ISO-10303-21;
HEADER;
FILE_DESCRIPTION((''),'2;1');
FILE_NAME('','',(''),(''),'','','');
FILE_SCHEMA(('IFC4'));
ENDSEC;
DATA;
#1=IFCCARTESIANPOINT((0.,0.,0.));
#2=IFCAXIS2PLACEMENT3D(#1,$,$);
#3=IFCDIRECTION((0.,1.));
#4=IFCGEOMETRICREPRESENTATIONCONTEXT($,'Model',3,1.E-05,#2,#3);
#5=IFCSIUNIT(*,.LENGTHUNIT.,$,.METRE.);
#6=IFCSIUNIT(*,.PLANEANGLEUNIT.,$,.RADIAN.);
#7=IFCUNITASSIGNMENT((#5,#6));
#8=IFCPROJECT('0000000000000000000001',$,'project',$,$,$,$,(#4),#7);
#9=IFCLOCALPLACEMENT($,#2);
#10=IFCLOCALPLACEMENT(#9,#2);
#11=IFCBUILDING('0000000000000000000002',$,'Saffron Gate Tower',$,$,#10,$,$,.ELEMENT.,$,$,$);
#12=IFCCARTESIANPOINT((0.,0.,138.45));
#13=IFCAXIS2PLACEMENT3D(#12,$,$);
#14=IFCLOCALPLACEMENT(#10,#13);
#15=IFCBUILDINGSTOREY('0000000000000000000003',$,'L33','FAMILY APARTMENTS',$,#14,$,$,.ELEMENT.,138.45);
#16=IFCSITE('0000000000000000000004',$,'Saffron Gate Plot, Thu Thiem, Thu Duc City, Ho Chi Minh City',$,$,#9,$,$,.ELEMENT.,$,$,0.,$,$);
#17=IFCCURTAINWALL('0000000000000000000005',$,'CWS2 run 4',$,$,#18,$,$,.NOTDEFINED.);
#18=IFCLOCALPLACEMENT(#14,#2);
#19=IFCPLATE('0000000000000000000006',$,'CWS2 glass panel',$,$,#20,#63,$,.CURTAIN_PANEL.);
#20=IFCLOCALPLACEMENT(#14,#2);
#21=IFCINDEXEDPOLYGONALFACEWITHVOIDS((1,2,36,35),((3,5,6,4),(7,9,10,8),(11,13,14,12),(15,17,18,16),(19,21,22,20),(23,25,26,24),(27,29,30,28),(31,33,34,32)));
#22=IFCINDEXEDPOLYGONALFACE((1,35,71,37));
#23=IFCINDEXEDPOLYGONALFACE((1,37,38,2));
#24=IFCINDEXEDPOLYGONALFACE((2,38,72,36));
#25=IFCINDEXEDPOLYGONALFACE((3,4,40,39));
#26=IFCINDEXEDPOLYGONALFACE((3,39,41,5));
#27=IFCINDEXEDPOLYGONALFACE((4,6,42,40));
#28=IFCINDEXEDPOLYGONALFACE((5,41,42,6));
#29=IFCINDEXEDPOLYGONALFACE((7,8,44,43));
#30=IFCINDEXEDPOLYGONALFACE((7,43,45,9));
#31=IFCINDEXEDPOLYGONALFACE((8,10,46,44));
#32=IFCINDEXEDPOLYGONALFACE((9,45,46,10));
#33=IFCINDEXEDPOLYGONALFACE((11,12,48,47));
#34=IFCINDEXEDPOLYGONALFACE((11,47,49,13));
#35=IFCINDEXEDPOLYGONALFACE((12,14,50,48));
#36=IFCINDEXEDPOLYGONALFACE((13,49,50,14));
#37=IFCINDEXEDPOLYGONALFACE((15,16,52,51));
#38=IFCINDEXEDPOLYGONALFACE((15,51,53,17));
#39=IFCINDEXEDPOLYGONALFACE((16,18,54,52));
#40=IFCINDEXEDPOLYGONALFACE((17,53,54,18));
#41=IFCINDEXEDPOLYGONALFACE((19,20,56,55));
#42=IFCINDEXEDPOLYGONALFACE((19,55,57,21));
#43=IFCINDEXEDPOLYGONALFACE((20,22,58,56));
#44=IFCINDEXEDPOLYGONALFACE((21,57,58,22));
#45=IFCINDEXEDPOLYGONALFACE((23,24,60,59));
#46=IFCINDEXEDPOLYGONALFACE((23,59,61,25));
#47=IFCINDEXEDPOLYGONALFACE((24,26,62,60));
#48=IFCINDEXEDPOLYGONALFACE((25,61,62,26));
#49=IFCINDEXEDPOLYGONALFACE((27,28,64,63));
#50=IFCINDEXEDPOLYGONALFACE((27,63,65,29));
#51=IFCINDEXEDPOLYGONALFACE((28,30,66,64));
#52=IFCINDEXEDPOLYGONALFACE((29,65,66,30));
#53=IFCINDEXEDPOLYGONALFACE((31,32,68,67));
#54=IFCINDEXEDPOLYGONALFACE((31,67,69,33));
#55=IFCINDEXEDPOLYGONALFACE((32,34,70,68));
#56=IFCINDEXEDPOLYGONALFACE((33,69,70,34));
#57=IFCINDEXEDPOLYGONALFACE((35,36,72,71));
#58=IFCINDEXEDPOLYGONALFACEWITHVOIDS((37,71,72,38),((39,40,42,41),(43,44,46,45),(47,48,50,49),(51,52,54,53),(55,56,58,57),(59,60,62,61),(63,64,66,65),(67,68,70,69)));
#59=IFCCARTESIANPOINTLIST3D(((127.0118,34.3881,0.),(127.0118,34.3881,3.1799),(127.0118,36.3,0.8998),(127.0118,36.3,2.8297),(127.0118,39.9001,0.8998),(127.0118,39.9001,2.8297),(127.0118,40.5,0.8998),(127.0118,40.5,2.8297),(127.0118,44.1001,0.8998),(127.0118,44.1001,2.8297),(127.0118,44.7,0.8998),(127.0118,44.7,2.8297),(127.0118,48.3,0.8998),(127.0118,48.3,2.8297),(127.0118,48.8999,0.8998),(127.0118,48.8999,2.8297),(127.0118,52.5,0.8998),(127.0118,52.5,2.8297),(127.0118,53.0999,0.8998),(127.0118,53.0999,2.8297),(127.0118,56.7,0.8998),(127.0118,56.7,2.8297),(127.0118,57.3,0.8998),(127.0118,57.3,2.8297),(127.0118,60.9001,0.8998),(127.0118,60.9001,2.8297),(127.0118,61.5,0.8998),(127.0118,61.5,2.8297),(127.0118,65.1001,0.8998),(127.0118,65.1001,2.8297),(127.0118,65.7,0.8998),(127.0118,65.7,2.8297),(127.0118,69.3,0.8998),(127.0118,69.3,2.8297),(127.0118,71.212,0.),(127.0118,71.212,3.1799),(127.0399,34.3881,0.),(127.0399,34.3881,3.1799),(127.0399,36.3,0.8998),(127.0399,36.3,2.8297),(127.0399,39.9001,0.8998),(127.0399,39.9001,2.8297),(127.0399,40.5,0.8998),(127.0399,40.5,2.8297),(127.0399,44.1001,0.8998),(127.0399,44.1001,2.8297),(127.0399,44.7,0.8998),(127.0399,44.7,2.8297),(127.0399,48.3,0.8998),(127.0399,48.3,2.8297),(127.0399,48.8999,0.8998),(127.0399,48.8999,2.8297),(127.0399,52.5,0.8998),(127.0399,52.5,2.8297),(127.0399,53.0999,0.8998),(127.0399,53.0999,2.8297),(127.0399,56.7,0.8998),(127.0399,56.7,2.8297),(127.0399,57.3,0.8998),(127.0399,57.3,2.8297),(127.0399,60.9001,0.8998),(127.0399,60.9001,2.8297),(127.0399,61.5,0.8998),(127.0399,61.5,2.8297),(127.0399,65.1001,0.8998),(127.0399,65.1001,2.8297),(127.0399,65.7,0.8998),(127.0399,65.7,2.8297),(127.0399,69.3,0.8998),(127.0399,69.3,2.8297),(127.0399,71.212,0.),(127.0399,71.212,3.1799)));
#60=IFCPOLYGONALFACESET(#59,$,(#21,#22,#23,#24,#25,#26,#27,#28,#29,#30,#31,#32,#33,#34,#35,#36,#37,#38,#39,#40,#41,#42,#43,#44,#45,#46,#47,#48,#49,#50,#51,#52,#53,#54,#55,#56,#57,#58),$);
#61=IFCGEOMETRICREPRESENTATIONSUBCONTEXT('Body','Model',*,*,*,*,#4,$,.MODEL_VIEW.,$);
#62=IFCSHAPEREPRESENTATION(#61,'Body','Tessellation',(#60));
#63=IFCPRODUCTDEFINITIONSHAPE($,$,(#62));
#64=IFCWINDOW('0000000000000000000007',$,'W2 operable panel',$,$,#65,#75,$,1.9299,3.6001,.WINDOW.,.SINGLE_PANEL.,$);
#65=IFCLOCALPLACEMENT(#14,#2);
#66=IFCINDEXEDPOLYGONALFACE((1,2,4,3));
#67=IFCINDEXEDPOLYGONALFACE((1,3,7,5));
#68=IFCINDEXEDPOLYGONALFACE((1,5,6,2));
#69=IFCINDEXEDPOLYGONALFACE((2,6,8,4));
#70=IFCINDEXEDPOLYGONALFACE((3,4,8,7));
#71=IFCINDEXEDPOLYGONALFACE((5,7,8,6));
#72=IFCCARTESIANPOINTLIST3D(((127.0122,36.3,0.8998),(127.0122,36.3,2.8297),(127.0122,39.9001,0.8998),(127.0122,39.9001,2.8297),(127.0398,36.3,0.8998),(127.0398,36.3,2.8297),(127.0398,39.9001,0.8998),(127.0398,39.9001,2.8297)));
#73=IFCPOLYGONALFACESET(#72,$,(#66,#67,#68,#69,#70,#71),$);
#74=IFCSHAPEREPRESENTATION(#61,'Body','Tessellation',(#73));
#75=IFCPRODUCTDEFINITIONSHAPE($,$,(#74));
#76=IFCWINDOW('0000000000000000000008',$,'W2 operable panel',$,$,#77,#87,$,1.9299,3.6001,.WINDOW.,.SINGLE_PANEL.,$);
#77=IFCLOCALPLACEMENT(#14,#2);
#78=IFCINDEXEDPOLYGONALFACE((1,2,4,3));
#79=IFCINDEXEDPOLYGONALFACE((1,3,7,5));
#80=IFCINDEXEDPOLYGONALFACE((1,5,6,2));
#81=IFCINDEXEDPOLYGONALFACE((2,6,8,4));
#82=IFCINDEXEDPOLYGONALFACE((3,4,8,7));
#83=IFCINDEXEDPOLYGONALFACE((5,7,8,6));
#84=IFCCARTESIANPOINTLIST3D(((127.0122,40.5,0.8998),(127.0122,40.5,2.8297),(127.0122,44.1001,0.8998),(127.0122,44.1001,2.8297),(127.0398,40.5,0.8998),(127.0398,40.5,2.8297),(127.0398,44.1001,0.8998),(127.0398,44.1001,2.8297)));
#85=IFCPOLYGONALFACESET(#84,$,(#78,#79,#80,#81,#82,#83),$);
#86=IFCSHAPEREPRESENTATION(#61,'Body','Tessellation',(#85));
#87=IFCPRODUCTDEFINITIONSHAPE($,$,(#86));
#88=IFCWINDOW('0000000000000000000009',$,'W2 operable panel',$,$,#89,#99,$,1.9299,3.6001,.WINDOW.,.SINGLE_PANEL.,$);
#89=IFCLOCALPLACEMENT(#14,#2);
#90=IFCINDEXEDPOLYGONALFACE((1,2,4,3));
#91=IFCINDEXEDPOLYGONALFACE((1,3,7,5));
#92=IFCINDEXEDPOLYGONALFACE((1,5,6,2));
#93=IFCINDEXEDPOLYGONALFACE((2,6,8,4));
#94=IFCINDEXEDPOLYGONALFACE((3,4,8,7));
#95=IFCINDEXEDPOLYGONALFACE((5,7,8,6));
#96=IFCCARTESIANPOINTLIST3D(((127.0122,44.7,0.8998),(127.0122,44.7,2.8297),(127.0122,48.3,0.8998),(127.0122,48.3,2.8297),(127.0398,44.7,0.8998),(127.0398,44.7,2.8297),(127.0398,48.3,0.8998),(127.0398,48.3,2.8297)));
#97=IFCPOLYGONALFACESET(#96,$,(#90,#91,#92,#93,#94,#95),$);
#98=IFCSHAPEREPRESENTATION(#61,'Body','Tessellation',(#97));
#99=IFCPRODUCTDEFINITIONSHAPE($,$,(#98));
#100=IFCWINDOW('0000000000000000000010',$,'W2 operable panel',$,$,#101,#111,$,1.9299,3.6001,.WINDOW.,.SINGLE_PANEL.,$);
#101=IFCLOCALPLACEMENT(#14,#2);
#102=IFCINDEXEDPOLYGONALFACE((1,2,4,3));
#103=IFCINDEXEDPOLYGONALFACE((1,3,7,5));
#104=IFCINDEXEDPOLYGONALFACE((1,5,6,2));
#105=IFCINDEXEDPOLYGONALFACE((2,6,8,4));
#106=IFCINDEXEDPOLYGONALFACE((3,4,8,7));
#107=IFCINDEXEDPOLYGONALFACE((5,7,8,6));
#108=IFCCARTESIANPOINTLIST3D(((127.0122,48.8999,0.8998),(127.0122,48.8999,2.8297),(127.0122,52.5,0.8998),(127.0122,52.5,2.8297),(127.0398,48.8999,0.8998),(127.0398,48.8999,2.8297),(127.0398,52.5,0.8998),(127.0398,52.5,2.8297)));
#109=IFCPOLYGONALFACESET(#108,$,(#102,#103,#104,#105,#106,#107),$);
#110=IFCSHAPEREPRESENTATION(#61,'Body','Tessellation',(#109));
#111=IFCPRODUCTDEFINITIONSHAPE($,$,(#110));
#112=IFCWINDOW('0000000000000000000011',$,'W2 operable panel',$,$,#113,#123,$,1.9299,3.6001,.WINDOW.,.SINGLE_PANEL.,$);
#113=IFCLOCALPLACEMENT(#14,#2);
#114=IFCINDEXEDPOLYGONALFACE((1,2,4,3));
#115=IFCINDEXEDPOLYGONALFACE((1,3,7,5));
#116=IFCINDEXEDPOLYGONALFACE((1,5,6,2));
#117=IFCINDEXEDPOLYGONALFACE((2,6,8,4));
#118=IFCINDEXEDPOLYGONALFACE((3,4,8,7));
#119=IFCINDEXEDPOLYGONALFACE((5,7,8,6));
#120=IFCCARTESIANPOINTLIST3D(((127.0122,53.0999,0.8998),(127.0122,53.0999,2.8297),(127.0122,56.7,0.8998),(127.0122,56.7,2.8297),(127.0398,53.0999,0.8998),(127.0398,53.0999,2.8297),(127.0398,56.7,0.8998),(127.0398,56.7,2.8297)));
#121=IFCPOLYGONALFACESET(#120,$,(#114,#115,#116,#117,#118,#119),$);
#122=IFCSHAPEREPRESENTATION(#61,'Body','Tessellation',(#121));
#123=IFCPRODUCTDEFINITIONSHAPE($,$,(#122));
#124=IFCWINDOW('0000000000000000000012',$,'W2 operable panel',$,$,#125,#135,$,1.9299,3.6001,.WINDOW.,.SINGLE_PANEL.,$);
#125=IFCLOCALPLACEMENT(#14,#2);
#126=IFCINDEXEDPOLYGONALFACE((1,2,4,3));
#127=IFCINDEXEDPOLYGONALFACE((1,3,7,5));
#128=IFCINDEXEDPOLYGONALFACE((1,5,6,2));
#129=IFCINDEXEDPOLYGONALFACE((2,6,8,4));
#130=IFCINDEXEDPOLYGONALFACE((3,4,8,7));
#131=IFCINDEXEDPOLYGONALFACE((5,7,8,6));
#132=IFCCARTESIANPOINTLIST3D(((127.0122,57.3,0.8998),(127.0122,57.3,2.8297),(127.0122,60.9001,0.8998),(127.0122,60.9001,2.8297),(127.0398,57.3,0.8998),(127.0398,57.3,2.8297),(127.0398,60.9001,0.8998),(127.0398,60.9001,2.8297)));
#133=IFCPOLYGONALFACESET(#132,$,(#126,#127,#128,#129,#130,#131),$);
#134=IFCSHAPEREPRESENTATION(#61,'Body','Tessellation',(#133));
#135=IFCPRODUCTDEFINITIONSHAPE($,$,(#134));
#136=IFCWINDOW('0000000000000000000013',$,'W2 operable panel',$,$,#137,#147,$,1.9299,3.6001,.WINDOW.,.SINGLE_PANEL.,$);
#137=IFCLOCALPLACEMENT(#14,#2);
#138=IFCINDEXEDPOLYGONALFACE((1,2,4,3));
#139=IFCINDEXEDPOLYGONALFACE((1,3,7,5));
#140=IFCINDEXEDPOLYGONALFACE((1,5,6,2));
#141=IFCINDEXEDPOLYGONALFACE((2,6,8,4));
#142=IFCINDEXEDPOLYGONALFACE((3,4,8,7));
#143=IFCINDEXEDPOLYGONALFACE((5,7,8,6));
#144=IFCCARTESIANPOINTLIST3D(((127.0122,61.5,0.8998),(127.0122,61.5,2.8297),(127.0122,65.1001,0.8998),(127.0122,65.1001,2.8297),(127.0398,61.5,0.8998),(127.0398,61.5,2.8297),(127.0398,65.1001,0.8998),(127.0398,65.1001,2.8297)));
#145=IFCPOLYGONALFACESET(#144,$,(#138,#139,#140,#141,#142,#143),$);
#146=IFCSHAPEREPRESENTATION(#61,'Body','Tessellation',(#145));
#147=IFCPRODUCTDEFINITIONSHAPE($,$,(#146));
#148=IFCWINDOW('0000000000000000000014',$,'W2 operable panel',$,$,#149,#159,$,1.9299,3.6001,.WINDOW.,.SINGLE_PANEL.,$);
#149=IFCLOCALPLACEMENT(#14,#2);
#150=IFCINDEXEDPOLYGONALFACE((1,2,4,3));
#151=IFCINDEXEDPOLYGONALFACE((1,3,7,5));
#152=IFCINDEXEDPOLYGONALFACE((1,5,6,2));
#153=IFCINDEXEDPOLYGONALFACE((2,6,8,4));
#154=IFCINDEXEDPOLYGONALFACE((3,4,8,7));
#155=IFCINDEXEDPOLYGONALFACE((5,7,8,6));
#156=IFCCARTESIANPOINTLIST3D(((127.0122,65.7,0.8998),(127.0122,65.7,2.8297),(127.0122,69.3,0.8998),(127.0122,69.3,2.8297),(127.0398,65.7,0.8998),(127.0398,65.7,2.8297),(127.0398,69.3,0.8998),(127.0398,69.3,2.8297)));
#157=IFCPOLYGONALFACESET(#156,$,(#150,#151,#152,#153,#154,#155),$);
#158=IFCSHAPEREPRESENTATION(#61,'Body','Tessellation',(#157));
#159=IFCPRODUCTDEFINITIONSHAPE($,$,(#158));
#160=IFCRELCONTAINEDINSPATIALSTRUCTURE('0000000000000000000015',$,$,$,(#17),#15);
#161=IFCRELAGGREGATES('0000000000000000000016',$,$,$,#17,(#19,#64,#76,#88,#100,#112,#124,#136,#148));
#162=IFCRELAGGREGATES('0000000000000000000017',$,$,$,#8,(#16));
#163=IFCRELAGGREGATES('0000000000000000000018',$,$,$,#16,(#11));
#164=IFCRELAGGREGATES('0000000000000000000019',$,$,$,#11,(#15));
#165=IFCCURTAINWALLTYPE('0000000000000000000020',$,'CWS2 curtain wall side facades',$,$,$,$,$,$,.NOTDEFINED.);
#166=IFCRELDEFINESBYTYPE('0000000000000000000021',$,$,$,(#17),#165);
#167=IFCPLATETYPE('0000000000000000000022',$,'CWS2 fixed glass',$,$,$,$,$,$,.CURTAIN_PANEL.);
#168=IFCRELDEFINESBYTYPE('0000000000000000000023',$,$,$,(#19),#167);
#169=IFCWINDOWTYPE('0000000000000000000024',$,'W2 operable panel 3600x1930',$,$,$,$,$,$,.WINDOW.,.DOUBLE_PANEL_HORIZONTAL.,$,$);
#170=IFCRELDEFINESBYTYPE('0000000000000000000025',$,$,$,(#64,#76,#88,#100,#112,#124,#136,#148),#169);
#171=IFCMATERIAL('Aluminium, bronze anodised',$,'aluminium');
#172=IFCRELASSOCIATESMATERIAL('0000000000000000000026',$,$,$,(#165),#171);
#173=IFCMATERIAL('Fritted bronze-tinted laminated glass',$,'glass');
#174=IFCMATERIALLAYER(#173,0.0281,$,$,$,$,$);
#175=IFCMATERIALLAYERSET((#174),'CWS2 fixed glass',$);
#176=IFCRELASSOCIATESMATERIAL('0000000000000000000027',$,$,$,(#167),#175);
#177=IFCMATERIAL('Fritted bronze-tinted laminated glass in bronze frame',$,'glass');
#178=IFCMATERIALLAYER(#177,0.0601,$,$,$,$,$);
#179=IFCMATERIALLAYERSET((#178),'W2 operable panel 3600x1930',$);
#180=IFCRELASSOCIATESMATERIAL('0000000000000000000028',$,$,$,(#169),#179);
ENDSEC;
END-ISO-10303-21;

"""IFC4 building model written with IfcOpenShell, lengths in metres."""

from ifc_helpers import new_model, si_unit, direction, frame, frame_2d, origin, place, context, subcontext, project, spatial, rectangle, extrude, material, layer, layer_set, type_object, element, fill, aggregate, save


model = new_model("IFC4")

# Units and contexts
model_context = context("Model", 3, precision=1e-05, world=origin(), true_north=direction((0.0, 1.0)))
body_context = subcontext(model_context, "Body", "Model", "MODEL_VIEW")
ifc_project = project(units=[si_unit("LENGTHUNIT", "METRE"), si_unit("PLANEANGLEUNIT", "RADIAN")], contexts=[model_context])

# Site, building, storey
site_placement = place(None, origin())
site = spatial("IfcSite", under=ifc_project, at=site_placement, Name="Saffron Gate Plot, Thu Thiem, Thu Duc City, Ho Chi Minh City", CompositionType="ELEMENT", RefElevation=0.0)
building_placement = place(site_placement, origin())
building = spatial("IfcBuilding", under=site, at=building_placement, Name="Saffron Gate Tower", CompositionType="ELEMENT")
storey_placement = place(building_placement, frame((0.0, 0.0, 138.45)))
storey = spatial("IfcBuildingStorey", under=building, at=storey_placement, Name="L33", Description="FAMILY APARTMENTS", CompositionType="ELEMENT", Elevation=138.45)

# Curtain wall
ifc_material_1 = material(Name="Aluminium, bronze anodised", Category="aluminium")
curtain_wall_type_1 = type_object("IfcCurtainWallType", Name="CWS2 curtain wall side facades", PredefinedType="NOTDEFINED", material=ifc_material_1)
curtain_wall_1_placement = place(storey_placement, origin())
curtain_wall_1 = element("IfcCurtainWall", 1, at=curtain_wall_1_placement, inside=storey, type_object=curtain_wall_type_1, Name="CWS2 run 4", PredefinedType="NOTDEFINED")

# Plate, openings, windows
ifc_material_2 = material(Name="Fritted bronze-tinted laminated glass", Category="glass")
ifc_layer_1 = layer(ifc_material_2, 0.0281)
ifc_layer_set_1 = layer_set([ifc_layer_1], Name="CWS2 fixed glass")
plate_type_1 = type_object("IfcPlateType", Name="CWS2 fixed glass", PredefinedType="CURTAIN_PANEL", material=ifc_layer_set_1)
plate_1_placement = place(storey_placement, frame((127.0259, 34.3879, 0.0), z_axis=(0.0, 0.0, 1.0), x_axis=(0.0, 1.0, 0.0)))
plate_1 = element("IfcPlate", 2, at=plate_1_placement, type_object=plate_type_1, Name="CWS2 glass panel", PredefinedType="CURTAIN_PANEL", context=body_context, shape_type="SweptSolid", body=[
    extrude(rectangle(XDim=36.824, YDim=0.0281, at=frame_2d((18.4121, 0.0))), origin(), (0.0, 0.0, 1.0), 3.1799),
])
opening_1_placement = place(plate_1_placement, frame((1.9121, 0.0, 0.8999)))
opening_1 = element("IfcOpeningElement", 3, at=opening_1_placement, cuts=plate_1, PredefinedType="OPENING", context=body_context, shape_type="SweptSolid", body=[
    extrude(rectangle(XDim=3.6001, YDim=1.9299, at=frame_2d((1.8, 0.9648))), frame((0.0, 0.0239, 0.0), z_axis=(0.0, -1.0, 0.0), x_axis=(1.0, 0.0, 0.0)), (0.0, 0.0, 1.0), 0.0481),
])
opening_2_placement = place(plate_1_placement, frame((6.1121, 0.0, 0.8999)))
opening_2 = element("IfcOpeningElement", 4, at=opening_2_placement, cuts=plate_1, PredefinedType="OPENING", context=body_context, shape_type="SweptSolid", body=[
    extrude(rectangle(XDim=3.6001, YDim=1.9299, at=frame_2d((1.8, 0.9648))), frame((0.0, 0.0239, 0.0), z_axis=(0.0, -1.0, 0.0), x_axis=(1.0, 0.0, 0.0)), (0.0, 0.0, 1.0), 0.0481),
])
opening_3_placement = place(plate_1_placement, frame((10.312, 0.0, 0.8999)))
opening_3 = element("IfcOpeningElement", 5, at=opening_3_placement, cuts=plate_1, PredefinedType="OPENING", context=body_context, shape_type="SweptSolid", body=[
    extrude(rectangle(XDim=3.6001, YDim=1.9299, at=frame_2d((1.8, 0.9648))), frame((0.0, 0.0239, 0.0), z_axis=(0.0, -1.0, 0.0), x_axis=(1.0, 0.0, 0.0)), (0.0, 0.0, 1.0), 0.0481),
])
opening_4_placement = place(plate_1_placement, frame((14.512, 0.0, 0.8999)))
opening_4 = element("IfcOpeningElement", 6, at=opening_4_placement, cuts=plate_1, PredefinedType="OPENING", context=body_context, shape_type="SweptSolid", body=[
    extrude(rectangle(XDim=3.6001, YDim=1.9299, at=frame_2d((1.8, 0.9648))), frame((0.0, 0.0239, 0.0), z_axis=(0.0, -1.0, 0.0), x_axis=(1.0, 0.0, 0.0)), (0.0, 0.0, 1.0), 0.0481),
])
opening_5_placement = place(plate_1_placement, frame((18.7119, 0.0, 0.8999)))
opening_5 = element("IfcOpeningElement", 7, at=opening_5_placement, cuts=plate_1, PredefinedType="OPENING", context=body_context, shape_type="SweptSolid", body=[
    extrude(rectangle(XDim=3.6001, YDim=1.9299, at=frame_2d((1.8, 0.9648))), frame((0.0, 0.0239, 0.0), z_axis=(0.0, -1.0, 0.0), x_axis=(1.0, 0.0, 0.0)), (0.0, 0.0, 1.0), 0.0481),
])
opening_6_placement = place(plate_1_placement, frame((22.9121, 0.0, 0.8999)))
opening_6 = element("IfcOpeningElement", 8, at=opening_6_placement, cuts=plate_1, PredefinedType="OPENING", context=body_context, shape_type="SweptSolid", body=[
    extrude(rectangle(XDim=3.6001, YDim=1.9299, at=frame_2d((1.8, 0.9648))), frame((0.0, 0.0239, 0.0), z_axis=(0.0, -1.0, 0.0), x_axis=(1.0, 0.0, 0.0)), (0.0, 0.0, 1.0), 0.0481),
])
opening_7_placement = place(plate_1_placement, frame((27.1121, 0.0, 0.8999)))
opening_7 = element("IfcOpeningElement", 9, at=opening_7_placement, cuts=plate_1, PredefinedType="OPENING", context=body_context, shape_type="SweptSolid", body=[
    extrude(rectangle(XDim=3.6001, YDim=1.9299, at=frame_2d((1.8, 0.9648))), frame((0.0, 0.0239, 0.0), z_axis=(0.0, -1.0, 0.0), x_axis=(1.0, 0.0, 0.0)), (0.0, 0.0, 1.0), 0.0481),
])
opening_8_placement = place(plate_1_placement, frame((31.312, 0.0, 0.8999)))
opening_8 = element("IfcOpeningElement", 10, at=opening_8_placement, cuts=plate_1, PredefinedType="OPENING", context=body_context, shape_type="SweptSolid", body=[
    extrude(rectangle(XDim=3.6001, YDim=1.9299, at=frame_2d((1.8, 0.9648))), frame((0.0, 0.0239, 0.0), z_axis=(0.0, -1.0, 0.0), x_axis=(1.0, 0.0, 0.0)), (0.0, 0.0, 1.0), 0.0481),
])
ifc_material_3 = material(Name="Fritted bronze-tinted laminated glass in bronze frame", Category="glass")
ifc_layer_2 = layer(ifc_material_3, 0.0601)
ifc_layer_set_2 = layer_set([ifc_layer_2], Name="W2 operable panel 3600x1930")
window_type = type_object("IfcWindowType", Name="W2 operable panel 3600x1930", PartitioningType="DOUBLE_PANEL_HORIZONTAL", PredefinedType="WINDOW", material=ifc_layer_set_2)
window_1_placement = place(opening_1_placement, origin())
window_1 = element("IfcWindow", 11, at=window_1_placement, type_object=window_type, Name="W2 operable panel", OverallHeight=1.9299, OverallWidth=3.6001, PartitioningType="SINGLE_PANEL", PredefinedType="WINDOW", context=body_context, shape_type="SweptSolid", body=[
    extrude(rectangle(XDim=3.6001, YDim=1.9299, at=frame_2d((1.8, 0.9648))), frame((0.0, 0.0137, 0.0), z_axis=(0.0, -1.0, 0.0), x_axis=(1.0, 0.0, 0.0)), (0.0, 0.0, 1.0), 0.0276),
])
fill(opening_1, window_1)
window_2_placement = place(opening_2_placement, origin())
window_2 = element("IfcWindow", 12, at=window_2_placement, type_object=window_type, Name="W2 operable panel", OverallHeight=1.9299, OverallWidth=3.6001, PartitioningType="SINGLE_PANEL", PredefinedType="WINDOW", context=body_context, shape_type="SweptSolid", body=[
    extrude(rectangle(XDim=3.6001, YDim=1.9299, at=frame_2d((1.8, 0.9648))), frame((0.0, 0.0137, 0.0), z_axis=(0.0, -1.0, 0.0), x_axis=(1.0, 0.0, 0.0)), (0.0, 0.0, 1.0), 0.0276),
])
fill(opening_2, window_2)
window_3_placement = place(opening_3_placement, origin())
window_3 = element("IfcWindow", 13, at=window_3_placement, type_object=window_type, Name="W2 operable panel", OverallHeight=1.9299, OverallWidth=3.6001, PartitioningType="SINGLE_PANEL", PredefinedType="WINDOW", context=body_context, shape_type="SweptSolid", body=[
    extrude(rectangle(XDim=3.6001, YDim=1.9299, at=frame_2d((1.8, 0.9648))), frame((0.0, 0.0137, 0.0), z_axis=(0.0, -1.0, 0.0), x_axis=(1.0, 0.0, 0.0)), (0.0, 0.0, 1.0), 0.0276),
])
fill(opening_3, window_3)
window_4_placement = place(opening_4_placement, origin())
window_4 = element("IfcWindow", 14, at=window_4_placement, type_object=window_type, Name="W2 operable panel", OverallHeight=1.9299, OverallWidth=3.6001, PartitioningType="SINGLE_PANEL", PredefinedType="WINDOW", context=body_context, shape_type="SweptSolid", body=[
    extrude(rectangle(XDim=3.6001, YDim=1.9299, at=frame_2d((1.8, 0.9648))), frame((0.0, 0.0137, 0.0), z_axis=(0.0, -1.0, 0.0), x_axis=(1.0, 0.0, 0.0)), (0.0, 0.0, 1.0), 0.0276),
])
fill(opening_4, window_4)
window_5_placement = place(opening_5_placement, origin())
window_5 = element("IfcWindow", 15, at=window_5_placement, type_object=window_type, Name="W2 operable panel", OverallHeight=1.9299, OverallWidth=3.6001, PartitioningType="SINGLE_PANEL", PredefinedType="WINDOW", context=body_context, shape_type="SweptSolid", body=[
    extrude(rectangle(XDim=3.6001, YDim=1.9299, at=frame_2d((1.8, 0.9648))), frame((0.0, 0.0137, 0.0), z_axis=(0.0, -1.0, 0.0), x_axis=(1.0, 0.0, 0.0)), (0.0, 0.0, 1.0), 0.0276),
])
fill(opening_5, window_5)
window_6_placement = place(opening_6_placement, origin())
window_6 = element("IfcWindow", 16, at=window_6_placement, type_object=window_type, Name="W2 operable panel", OverallHeight=1.9299, OverallWidth=3.6001, PartitioningType="SINGLE_PANEL", PredefinedType="WINDOW", context=body_context, shape_type="SweptSolid", body=[
    extrude(rectangle(XDim=3.6001, YDim=1.9299, at=frame_2d((1.8, 0.9648))), frame((0.0, 0.0137, 0.0), z_axis=(0.0, -1.0, 0.0), x_axis=(1.0, 0.0, 0.0)), (0.0, 0.0, 1.0), 0.0276),
])
fill(opening_6, window_6)
window_7_placement = place(opening_7_placement, origin())
window_7 = element("IfcWindow", 17, at=window_7_placement, type_object=window_type, Name="W2 operable panel", OverallHeight=1.9299, OverallWidth=3.6001, PartitioningType="SINGLE_PANEL", PredefinedType="WINDOW", context=body_context, shape_type="SweptSolid", body=[
    extrude(rectangle(XDim=3.6001, YDim=1.9299, at=frame_2d((1.8, 0.9648))), frame((0.0, 0.0137, 0.0), z_axis=(0.0, -1.0, 0.0), x_axis=(1.0, 0.0, 0.0)), (0.0, 0.0, 1.0), 0.0276),
])
fill(opening_7, window_7)
window_8_placement = place(opening_8_placement, origin())
window_8 = element("IfcWindow", 18, at=window_8_placement, type_object=window_type, Name="W2 operable panel", OverallHeight=1.9299, OverallWidth=3.6001, PartitioningType="SINGLE_PANEL", PredefinedType="WINDOW", context=body_context, shape_type="SweptSolid", body=[
    extrude(rectangle(XDim=3.6001, YDim=1.9299, at=frame_2d((1.8, 0.9648))), frame((0.0, 0.0137, 0.0), z_axis=(0.0, -1.0, 0.0), x_axis=(1.0, 0.0, 0.0)), (0.0, 0.0, 1.0), 0.0276),
])
fill(opening_8, window_8)
aggregate(curtain_wall_1, [plate_1, window_1, window_2, window_3, window_4, window_5, window_6, window_7, window_8])

save(model, "model.ifc")
